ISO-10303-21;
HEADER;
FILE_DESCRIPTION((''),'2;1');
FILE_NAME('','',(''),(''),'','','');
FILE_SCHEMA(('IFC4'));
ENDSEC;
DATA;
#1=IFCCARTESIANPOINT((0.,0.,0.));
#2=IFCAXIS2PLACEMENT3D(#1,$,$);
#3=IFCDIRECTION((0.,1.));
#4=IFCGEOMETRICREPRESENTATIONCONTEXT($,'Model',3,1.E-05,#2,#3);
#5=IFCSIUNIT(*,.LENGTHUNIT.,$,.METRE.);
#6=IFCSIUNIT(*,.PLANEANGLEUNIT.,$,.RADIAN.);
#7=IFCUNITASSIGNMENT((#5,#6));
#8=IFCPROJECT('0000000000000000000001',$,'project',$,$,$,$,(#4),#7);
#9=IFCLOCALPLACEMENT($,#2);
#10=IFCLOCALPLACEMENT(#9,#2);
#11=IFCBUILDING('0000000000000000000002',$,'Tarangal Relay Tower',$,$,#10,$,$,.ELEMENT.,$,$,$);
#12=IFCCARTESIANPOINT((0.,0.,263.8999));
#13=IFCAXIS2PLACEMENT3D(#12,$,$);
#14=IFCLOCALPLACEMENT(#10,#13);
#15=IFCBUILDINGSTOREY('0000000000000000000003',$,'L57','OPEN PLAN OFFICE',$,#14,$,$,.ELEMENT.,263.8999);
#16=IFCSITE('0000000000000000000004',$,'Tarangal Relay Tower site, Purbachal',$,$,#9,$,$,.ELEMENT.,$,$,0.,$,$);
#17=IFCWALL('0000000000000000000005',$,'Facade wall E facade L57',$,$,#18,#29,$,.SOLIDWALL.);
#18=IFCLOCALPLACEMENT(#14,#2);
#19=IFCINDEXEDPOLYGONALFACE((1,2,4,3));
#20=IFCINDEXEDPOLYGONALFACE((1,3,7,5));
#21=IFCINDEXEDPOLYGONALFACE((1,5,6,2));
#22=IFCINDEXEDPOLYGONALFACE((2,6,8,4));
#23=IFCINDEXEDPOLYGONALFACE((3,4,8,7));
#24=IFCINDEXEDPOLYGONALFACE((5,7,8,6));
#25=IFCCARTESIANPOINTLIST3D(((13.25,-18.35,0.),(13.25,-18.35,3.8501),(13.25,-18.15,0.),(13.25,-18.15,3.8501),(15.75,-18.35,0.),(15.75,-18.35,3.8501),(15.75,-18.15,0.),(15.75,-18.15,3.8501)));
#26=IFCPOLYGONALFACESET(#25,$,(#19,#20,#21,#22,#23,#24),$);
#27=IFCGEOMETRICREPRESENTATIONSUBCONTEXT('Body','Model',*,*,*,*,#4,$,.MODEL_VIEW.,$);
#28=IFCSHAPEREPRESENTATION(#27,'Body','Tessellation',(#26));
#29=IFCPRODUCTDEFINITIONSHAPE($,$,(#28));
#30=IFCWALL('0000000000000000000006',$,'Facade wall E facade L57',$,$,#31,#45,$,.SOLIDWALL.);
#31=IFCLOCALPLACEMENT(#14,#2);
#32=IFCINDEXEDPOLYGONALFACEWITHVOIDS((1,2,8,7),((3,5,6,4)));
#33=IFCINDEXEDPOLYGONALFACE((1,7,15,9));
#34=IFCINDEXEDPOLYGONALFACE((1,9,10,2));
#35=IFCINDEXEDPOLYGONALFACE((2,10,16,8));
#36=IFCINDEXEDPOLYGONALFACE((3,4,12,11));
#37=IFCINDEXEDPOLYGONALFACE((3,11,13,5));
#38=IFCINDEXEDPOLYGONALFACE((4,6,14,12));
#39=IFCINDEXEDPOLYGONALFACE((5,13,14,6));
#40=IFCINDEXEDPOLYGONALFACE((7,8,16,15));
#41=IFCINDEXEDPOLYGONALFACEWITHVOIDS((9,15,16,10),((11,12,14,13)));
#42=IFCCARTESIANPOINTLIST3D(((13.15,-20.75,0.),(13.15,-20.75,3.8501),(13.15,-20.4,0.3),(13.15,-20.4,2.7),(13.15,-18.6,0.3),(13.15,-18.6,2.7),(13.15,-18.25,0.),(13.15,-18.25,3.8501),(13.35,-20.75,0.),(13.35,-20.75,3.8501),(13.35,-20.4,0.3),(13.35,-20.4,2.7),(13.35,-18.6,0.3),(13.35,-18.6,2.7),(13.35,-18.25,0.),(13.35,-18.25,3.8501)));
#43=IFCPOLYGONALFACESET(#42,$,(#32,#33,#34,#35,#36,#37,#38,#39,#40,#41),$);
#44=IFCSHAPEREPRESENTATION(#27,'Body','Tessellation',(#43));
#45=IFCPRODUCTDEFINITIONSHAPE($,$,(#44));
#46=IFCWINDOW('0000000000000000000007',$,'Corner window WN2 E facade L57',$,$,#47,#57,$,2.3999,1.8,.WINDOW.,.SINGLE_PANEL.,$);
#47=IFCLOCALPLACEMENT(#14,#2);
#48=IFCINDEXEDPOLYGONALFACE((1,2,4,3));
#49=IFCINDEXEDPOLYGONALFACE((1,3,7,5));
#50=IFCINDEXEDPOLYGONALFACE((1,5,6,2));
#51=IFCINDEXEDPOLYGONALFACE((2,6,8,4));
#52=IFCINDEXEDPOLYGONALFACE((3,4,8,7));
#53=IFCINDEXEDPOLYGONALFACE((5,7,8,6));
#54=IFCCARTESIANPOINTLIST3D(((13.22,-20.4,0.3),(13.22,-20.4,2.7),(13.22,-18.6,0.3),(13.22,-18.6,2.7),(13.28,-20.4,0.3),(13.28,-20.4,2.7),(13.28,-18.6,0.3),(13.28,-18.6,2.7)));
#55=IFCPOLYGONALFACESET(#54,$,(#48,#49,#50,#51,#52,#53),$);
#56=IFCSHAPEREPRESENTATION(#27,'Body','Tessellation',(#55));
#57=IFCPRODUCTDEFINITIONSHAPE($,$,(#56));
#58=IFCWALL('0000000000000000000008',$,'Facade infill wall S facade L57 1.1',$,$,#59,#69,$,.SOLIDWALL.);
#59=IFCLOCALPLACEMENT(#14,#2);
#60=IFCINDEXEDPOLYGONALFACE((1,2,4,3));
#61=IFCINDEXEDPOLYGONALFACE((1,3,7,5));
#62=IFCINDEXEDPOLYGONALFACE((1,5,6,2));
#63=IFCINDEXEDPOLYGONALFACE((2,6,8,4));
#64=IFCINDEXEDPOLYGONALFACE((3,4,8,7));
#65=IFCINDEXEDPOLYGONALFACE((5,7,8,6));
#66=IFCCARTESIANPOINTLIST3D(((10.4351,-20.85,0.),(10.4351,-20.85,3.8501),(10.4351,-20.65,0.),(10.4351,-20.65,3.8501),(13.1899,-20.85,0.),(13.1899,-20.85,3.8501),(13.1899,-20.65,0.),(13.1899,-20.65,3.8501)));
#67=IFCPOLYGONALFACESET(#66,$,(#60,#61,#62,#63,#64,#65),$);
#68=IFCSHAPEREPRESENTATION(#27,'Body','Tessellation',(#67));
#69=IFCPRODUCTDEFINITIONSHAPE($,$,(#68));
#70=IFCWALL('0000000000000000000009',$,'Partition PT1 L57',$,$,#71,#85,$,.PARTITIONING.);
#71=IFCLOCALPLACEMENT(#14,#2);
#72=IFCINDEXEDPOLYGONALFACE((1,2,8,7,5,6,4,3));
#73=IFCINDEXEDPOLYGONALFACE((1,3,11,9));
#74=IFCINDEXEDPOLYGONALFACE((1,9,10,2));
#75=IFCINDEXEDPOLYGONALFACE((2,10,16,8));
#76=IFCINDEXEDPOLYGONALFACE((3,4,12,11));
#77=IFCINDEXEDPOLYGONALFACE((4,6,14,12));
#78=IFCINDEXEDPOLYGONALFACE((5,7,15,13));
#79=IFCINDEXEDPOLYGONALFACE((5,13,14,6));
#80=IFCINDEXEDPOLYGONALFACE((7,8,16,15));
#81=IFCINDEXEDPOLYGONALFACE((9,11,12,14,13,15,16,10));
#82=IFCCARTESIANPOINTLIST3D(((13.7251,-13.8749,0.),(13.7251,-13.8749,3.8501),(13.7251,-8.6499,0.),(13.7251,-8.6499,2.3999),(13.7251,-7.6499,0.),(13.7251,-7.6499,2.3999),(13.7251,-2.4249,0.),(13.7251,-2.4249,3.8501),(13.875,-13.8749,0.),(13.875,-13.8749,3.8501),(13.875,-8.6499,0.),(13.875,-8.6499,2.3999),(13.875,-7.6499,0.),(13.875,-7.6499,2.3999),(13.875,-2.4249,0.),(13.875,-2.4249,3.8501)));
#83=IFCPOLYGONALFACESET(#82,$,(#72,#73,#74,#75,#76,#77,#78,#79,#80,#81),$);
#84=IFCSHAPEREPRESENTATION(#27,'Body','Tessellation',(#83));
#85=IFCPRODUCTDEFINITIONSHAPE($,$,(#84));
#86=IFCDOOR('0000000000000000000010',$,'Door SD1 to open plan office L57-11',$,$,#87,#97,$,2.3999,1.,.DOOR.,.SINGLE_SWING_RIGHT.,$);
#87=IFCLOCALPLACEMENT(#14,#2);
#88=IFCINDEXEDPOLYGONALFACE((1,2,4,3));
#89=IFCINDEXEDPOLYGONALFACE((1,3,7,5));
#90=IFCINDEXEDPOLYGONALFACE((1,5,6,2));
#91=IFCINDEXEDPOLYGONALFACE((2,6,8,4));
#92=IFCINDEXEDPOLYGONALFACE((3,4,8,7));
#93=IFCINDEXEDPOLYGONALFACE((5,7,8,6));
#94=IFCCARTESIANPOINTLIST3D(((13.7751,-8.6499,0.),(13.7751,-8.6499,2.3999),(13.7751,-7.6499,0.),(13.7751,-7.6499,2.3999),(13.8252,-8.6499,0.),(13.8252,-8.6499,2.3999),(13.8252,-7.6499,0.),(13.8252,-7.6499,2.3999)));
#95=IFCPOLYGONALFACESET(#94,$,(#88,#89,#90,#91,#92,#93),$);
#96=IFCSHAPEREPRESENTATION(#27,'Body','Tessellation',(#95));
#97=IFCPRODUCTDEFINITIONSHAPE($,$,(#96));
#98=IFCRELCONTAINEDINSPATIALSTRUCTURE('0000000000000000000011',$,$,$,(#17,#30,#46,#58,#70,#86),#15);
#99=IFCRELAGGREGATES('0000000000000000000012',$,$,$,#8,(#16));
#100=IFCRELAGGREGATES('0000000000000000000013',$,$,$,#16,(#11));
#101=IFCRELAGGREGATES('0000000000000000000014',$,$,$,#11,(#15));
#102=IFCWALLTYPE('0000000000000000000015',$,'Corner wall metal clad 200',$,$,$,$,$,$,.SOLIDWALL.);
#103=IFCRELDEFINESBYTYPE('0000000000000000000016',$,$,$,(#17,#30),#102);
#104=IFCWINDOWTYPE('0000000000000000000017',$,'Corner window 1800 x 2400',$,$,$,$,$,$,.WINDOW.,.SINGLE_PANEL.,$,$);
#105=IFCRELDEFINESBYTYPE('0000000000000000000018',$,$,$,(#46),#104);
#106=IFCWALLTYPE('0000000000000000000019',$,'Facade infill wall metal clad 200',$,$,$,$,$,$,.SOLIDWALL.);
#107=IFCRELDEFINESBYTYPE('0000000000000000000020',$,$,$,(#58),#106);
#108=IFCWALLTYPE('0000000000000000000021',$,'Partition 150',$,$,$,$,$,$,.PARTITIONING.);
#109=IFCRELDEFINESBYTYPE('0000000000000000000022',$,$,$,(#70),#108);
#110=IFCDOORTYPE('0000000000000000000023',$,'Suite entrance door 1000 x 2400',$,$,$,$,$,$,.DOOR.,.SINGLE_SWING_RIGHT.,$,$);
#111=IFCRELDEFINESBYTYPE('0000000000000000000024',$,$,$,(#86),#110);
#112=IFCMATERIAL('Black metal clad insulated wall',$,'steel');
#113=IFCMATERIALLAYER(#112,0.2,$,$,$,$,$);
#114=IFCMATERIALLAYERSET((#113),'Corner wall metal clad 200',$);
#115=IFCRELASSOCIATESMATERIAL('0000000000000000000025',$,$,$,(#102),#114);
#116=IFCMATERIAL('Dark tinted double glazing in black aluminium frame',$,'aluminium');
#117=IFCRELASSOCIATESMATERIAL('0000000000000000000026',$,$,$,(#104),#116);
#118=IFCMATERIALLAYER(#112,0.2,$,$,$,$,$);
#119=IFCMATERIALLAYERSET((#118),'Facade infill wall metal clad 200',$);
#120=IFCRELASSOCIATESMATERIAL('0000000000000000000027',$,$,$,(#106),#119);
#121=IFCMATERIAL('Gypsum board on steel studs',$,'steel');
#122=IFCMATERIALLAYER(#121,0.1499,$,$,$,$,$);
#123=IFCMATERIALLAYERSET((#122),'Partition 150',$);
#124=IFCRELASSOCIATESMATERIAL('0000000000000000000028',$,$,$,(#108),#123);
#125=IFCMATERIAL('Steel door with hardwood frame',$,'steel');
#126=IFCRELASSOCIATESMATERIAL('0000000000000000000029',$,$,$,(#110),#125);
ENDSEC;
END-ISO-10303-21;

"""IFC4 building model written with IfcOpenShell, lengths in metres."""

from ifc_helpers import new_model, si_unit, direction, frame, frame_2d, origin, place, context, subcontext, project, spatial, rectangle, extrude, material, layer, layer_set, type_object, element, fill, save


model = new_model("IFC4")

# Units and contexts
model_context = context("Model", 3, precision=1e-05, world=origin(), true_north=direction((0.0, 1.0)))
body_context = subcontext(model_context, "Body", "Model", "MODEL_VIEW")
ifc_project = project(units=[si_unit("LENGTHUNIT", "METRE"), si_unit("PLANEANGLEUNIT", "RADIAN")], contexts=[model_context])

# Site, building, storey
site_placement = place(None, origin())
site = spatial("IfcSite", under=ifc_project, at=site_placement, Name="Tarangal Relay Tower site, Purbachal", CompositionType="ELEMENT", RefElevation=0.0)
building_placement = place(site_placement, origin())
building = spatial("IfcBuilding", under=site, at=building_placement, Name="Tarangal Relay Tower", CompositionType="ELEMENT")
storey_placement = place(building_placement, frame((0.0, 0.0, 263.8999)))
storey = spatial("IfcBuildingStorey", under=building, at=storey_placement, Name="L57", Description="OPEN PLAN OFFICE", CompositionType="ELEMENT", Elevation=263.8999)

# Shared definitions
ifc_material_1 = material(Name="Steel door with hardwood frame", Category="steel")

# Shared definitions
ifc_material_2 = material(Name="Black metal clad insulated wall", Category="steel")
ifc_layer_1 = layer(ifc_material_2, 0.2)
ifc_layer_set_1 = layer_set([ifc_layer_1], Name="Corner wall metal clad 200")
wall_type_1 = type_object("IfcWallType", Name="Corner wall metal clad 200", PredefinedType="SOLIDWALL", material=ifc_layer_set_1)

# Shared definitions
ifc_material_3 = material(Name="Dark tinted double glazing in black aluminium frame", Category="aluminium")
window_type = type_object("IfcWindowType", Name="Corner window 1800 x 2400", PartitioningType="SINGLE_PANEL", PredefinedType="WINDOW", material=ifc_material_3)

# Wall
wall_1_placement = place(storey_placement, frame((15.75, -18.25, 0.0), z_axis=(0.0, 0.0, 1.0), x_axis=(-1.0, 0.0, 0.0)))
element("IfcWall", 1, at=wall_1_placement, inside=storey, type_object=wall_type_1, Name="Facade wall E facade L57", PredefinedType="SOLIDWALL", context=body_context, shape_type="SweptSolid", body=[
    extrude(rectangle(XDim=2.5, YDim=0.2, at=frame_2d((1.25, 0.0))), origin(), (0.0, 0.0, 1.0), 3.8501),
])

# Wall, opening, window
wall_2_placement = place(storey_placement, frame((13.25, -18.25, 0.0), z_axis=(0.0, 0.0, 1.0), x_axis=(0.0, -1.0, 0.0)))
wall_2 = element("IfcWall", 2, at=wall_2_placement, inside=storey, type_object=wall_type_1, Name="Facade wall E facade L57", PredefinedType="SOLIDWALL", context=body_context, shape_type="SweptSolid", body=[
    extrude(rectangle(XDim=2.5, YDim=0.2, at=frame_2d((1.25, 0.0))), origin(), (0.0, 0.0, 1.0), 3.8501),
])
opening_1_placement = place(wall_2_placement, frame((0.3501, 0.0, 0.3)))
opening_1 = element("IfcOpeningElement", 3, at=opening_1_placement, cuts=wall_2, PredefinedType="OPENING", context=body_context, shape_type="SweptSolid", body=[
    extrude(rectangle(XDim=1.8, YDim=2.3999, at=frame_2d((0.8999, 1.2))), frame((0.0, 0.1099, 0.0), z_axis=(0.0, -1.0, 0.0), x_axis=(1.0, 0.0, 0.0)), (0.0, 0.0, 1.0), 0.22),
])
window_1_placement = place(opening_1_placement, origin())
window_1 = element("IfcWindow", 4, at=window_1_placement, inside=storey, type_object=window_type, Name="Corner window WN2 E facade L57", OverallHeight=2.3999, OverallWidth=1.8, PartitioningType="SINGLE_PANEL", PredefinedType="WINDOW", context=body_context, shape_type="SweptSolid", body=[
    extrude(rectangle(XDim=1.8, YDim=2.3999, at=frame_2d((0.8999, 1.2))), frame((0.0, 0.03, 0.0), z_axis=(0.0, -1.0, 0.0), x_axis=(1.0, 0.0, 0.0)), (0.0, 0.0, 1.0), 0.0601),
])
fill(opening_1, window_1)

# Wall
ifc_layer_2 = layer(ifc_material_2, 0.2)
ifc_layer_set_2 = layer_set([ifc_layer_2], Name="Facade infill wall metal clad 200")
wall_type_2 = type_object("IfcWallType", Name="Facade infill wall metal clad 200", PredefinedType="SOLIDWALL", material=ifc_layer_set_2)
wall_3_placement = place(storey_placement, frame((13.1899, -20.75, 0.0), z_axis=(0.0, 0.0, 1.0), x_axis=(-1.0, 0.0, 0.0)))
element("IfcWall", 5, at=wall_3_placement, inside=storey, type_object=wall_type_2, Name="Facade infill wall S facade L57 1.1", PredefinedType="SOLIDWALL", context=body_context, shape_type="SweptSolid", body=[
    extrude(rectangle(XDim=2.7549, YDim=0.2, at=frame_2d((1.3774, 0.0))), origin(), (0.0, 0.0, 1.0), 3.8501),
])

# Wall, opening, door
ifc_material_4 = material(Name="Gypsum board on steel studs", Category="steel")
ifc_layer_3 = layer(ifc_material_4, 0.1499)
ifc_layer_set_3 = layer_set([ifc_layer_3], Name="Partition 150")
wall_type_3 = type_object("IfcWallType", Name="Partition 150", PredefinedType="PARTITIONING", material=ifc_layer_set_3)
wall_4_placement = place(storey_placement, frame((13.8, -13.875, 0.0), z_axis=(0.0, 0.0, 1.0), x_axis=(0.0, 1.0, 0.0)))
wall_4 = element("IfcWall", 6, at=wall_4_placement, inside=storey, type_object=wall_type_3, Name="Partition PT1 L57", PredefinedType="PARTITIONING", context=body_context, shape_type="SweptSolid", body=[
    extrude(rectangle(XDim=11.45, YDim=0.1499, at=frame_2d((5.7251, 0.0))), origin(), (0.0, 0.0, 1.0), 3.8501),
])
opening_2_placement = place(wall_4_placement, frame((5.2251, 0.0, 0.0)))
opening_2 = element("IfcOpeningElement", 7, at=opening_2_placement, cuts=wall_4, PredefinedType="OPENING", context=body_context, shape_type="SweptSolid", body=[
    extrude(rectangle(XDim=1.0, YDim=2.3999, at=frame_2d((0.5, 1.2))), frame((0.0, 0.085, 0.0), z_axis=(0.0, -1.0, 0.0), x_axis=(1.0, 0.0, 0.0)), (0.0, 0.0, 1.0), 0.1699),
])
door_type_1 = type_object("IfcDoorType", Name="Suite entrance door 1000 x 2400", OperationType="SINGLE_SWING_RIGHT", PredefinedType="DOOR", material=ifc_material_1)
door_1_placement = place(opening_2_placement, origin())
door_1 = element("IfcDoor", 8, at=door_1_placement, inside=storey, type_object=door_type_1, Name="Door SD1 to open plan office L57-11", OperationType="SINGLE_SWING_RIGHT", OverallHeight=2.3999, OverallWidth=1.0, PredefinedType="DOOR", context=body_context, shape_type="SweptSolid", body=[
    extrude(rectangle(XDim=1.0, YDim=2.3999, at=frame_2d((0.5, 1.2))), frame((0.0, 0.0249, 0.0), z_axis=(0.0, -1.0, 0.0), x_axis=(1.0, 0.0, 0.0)), (0.0, 0.0, 1.0), 0.05),
])
fill(opening_2, door_1)

save(model, "model.ifc")
